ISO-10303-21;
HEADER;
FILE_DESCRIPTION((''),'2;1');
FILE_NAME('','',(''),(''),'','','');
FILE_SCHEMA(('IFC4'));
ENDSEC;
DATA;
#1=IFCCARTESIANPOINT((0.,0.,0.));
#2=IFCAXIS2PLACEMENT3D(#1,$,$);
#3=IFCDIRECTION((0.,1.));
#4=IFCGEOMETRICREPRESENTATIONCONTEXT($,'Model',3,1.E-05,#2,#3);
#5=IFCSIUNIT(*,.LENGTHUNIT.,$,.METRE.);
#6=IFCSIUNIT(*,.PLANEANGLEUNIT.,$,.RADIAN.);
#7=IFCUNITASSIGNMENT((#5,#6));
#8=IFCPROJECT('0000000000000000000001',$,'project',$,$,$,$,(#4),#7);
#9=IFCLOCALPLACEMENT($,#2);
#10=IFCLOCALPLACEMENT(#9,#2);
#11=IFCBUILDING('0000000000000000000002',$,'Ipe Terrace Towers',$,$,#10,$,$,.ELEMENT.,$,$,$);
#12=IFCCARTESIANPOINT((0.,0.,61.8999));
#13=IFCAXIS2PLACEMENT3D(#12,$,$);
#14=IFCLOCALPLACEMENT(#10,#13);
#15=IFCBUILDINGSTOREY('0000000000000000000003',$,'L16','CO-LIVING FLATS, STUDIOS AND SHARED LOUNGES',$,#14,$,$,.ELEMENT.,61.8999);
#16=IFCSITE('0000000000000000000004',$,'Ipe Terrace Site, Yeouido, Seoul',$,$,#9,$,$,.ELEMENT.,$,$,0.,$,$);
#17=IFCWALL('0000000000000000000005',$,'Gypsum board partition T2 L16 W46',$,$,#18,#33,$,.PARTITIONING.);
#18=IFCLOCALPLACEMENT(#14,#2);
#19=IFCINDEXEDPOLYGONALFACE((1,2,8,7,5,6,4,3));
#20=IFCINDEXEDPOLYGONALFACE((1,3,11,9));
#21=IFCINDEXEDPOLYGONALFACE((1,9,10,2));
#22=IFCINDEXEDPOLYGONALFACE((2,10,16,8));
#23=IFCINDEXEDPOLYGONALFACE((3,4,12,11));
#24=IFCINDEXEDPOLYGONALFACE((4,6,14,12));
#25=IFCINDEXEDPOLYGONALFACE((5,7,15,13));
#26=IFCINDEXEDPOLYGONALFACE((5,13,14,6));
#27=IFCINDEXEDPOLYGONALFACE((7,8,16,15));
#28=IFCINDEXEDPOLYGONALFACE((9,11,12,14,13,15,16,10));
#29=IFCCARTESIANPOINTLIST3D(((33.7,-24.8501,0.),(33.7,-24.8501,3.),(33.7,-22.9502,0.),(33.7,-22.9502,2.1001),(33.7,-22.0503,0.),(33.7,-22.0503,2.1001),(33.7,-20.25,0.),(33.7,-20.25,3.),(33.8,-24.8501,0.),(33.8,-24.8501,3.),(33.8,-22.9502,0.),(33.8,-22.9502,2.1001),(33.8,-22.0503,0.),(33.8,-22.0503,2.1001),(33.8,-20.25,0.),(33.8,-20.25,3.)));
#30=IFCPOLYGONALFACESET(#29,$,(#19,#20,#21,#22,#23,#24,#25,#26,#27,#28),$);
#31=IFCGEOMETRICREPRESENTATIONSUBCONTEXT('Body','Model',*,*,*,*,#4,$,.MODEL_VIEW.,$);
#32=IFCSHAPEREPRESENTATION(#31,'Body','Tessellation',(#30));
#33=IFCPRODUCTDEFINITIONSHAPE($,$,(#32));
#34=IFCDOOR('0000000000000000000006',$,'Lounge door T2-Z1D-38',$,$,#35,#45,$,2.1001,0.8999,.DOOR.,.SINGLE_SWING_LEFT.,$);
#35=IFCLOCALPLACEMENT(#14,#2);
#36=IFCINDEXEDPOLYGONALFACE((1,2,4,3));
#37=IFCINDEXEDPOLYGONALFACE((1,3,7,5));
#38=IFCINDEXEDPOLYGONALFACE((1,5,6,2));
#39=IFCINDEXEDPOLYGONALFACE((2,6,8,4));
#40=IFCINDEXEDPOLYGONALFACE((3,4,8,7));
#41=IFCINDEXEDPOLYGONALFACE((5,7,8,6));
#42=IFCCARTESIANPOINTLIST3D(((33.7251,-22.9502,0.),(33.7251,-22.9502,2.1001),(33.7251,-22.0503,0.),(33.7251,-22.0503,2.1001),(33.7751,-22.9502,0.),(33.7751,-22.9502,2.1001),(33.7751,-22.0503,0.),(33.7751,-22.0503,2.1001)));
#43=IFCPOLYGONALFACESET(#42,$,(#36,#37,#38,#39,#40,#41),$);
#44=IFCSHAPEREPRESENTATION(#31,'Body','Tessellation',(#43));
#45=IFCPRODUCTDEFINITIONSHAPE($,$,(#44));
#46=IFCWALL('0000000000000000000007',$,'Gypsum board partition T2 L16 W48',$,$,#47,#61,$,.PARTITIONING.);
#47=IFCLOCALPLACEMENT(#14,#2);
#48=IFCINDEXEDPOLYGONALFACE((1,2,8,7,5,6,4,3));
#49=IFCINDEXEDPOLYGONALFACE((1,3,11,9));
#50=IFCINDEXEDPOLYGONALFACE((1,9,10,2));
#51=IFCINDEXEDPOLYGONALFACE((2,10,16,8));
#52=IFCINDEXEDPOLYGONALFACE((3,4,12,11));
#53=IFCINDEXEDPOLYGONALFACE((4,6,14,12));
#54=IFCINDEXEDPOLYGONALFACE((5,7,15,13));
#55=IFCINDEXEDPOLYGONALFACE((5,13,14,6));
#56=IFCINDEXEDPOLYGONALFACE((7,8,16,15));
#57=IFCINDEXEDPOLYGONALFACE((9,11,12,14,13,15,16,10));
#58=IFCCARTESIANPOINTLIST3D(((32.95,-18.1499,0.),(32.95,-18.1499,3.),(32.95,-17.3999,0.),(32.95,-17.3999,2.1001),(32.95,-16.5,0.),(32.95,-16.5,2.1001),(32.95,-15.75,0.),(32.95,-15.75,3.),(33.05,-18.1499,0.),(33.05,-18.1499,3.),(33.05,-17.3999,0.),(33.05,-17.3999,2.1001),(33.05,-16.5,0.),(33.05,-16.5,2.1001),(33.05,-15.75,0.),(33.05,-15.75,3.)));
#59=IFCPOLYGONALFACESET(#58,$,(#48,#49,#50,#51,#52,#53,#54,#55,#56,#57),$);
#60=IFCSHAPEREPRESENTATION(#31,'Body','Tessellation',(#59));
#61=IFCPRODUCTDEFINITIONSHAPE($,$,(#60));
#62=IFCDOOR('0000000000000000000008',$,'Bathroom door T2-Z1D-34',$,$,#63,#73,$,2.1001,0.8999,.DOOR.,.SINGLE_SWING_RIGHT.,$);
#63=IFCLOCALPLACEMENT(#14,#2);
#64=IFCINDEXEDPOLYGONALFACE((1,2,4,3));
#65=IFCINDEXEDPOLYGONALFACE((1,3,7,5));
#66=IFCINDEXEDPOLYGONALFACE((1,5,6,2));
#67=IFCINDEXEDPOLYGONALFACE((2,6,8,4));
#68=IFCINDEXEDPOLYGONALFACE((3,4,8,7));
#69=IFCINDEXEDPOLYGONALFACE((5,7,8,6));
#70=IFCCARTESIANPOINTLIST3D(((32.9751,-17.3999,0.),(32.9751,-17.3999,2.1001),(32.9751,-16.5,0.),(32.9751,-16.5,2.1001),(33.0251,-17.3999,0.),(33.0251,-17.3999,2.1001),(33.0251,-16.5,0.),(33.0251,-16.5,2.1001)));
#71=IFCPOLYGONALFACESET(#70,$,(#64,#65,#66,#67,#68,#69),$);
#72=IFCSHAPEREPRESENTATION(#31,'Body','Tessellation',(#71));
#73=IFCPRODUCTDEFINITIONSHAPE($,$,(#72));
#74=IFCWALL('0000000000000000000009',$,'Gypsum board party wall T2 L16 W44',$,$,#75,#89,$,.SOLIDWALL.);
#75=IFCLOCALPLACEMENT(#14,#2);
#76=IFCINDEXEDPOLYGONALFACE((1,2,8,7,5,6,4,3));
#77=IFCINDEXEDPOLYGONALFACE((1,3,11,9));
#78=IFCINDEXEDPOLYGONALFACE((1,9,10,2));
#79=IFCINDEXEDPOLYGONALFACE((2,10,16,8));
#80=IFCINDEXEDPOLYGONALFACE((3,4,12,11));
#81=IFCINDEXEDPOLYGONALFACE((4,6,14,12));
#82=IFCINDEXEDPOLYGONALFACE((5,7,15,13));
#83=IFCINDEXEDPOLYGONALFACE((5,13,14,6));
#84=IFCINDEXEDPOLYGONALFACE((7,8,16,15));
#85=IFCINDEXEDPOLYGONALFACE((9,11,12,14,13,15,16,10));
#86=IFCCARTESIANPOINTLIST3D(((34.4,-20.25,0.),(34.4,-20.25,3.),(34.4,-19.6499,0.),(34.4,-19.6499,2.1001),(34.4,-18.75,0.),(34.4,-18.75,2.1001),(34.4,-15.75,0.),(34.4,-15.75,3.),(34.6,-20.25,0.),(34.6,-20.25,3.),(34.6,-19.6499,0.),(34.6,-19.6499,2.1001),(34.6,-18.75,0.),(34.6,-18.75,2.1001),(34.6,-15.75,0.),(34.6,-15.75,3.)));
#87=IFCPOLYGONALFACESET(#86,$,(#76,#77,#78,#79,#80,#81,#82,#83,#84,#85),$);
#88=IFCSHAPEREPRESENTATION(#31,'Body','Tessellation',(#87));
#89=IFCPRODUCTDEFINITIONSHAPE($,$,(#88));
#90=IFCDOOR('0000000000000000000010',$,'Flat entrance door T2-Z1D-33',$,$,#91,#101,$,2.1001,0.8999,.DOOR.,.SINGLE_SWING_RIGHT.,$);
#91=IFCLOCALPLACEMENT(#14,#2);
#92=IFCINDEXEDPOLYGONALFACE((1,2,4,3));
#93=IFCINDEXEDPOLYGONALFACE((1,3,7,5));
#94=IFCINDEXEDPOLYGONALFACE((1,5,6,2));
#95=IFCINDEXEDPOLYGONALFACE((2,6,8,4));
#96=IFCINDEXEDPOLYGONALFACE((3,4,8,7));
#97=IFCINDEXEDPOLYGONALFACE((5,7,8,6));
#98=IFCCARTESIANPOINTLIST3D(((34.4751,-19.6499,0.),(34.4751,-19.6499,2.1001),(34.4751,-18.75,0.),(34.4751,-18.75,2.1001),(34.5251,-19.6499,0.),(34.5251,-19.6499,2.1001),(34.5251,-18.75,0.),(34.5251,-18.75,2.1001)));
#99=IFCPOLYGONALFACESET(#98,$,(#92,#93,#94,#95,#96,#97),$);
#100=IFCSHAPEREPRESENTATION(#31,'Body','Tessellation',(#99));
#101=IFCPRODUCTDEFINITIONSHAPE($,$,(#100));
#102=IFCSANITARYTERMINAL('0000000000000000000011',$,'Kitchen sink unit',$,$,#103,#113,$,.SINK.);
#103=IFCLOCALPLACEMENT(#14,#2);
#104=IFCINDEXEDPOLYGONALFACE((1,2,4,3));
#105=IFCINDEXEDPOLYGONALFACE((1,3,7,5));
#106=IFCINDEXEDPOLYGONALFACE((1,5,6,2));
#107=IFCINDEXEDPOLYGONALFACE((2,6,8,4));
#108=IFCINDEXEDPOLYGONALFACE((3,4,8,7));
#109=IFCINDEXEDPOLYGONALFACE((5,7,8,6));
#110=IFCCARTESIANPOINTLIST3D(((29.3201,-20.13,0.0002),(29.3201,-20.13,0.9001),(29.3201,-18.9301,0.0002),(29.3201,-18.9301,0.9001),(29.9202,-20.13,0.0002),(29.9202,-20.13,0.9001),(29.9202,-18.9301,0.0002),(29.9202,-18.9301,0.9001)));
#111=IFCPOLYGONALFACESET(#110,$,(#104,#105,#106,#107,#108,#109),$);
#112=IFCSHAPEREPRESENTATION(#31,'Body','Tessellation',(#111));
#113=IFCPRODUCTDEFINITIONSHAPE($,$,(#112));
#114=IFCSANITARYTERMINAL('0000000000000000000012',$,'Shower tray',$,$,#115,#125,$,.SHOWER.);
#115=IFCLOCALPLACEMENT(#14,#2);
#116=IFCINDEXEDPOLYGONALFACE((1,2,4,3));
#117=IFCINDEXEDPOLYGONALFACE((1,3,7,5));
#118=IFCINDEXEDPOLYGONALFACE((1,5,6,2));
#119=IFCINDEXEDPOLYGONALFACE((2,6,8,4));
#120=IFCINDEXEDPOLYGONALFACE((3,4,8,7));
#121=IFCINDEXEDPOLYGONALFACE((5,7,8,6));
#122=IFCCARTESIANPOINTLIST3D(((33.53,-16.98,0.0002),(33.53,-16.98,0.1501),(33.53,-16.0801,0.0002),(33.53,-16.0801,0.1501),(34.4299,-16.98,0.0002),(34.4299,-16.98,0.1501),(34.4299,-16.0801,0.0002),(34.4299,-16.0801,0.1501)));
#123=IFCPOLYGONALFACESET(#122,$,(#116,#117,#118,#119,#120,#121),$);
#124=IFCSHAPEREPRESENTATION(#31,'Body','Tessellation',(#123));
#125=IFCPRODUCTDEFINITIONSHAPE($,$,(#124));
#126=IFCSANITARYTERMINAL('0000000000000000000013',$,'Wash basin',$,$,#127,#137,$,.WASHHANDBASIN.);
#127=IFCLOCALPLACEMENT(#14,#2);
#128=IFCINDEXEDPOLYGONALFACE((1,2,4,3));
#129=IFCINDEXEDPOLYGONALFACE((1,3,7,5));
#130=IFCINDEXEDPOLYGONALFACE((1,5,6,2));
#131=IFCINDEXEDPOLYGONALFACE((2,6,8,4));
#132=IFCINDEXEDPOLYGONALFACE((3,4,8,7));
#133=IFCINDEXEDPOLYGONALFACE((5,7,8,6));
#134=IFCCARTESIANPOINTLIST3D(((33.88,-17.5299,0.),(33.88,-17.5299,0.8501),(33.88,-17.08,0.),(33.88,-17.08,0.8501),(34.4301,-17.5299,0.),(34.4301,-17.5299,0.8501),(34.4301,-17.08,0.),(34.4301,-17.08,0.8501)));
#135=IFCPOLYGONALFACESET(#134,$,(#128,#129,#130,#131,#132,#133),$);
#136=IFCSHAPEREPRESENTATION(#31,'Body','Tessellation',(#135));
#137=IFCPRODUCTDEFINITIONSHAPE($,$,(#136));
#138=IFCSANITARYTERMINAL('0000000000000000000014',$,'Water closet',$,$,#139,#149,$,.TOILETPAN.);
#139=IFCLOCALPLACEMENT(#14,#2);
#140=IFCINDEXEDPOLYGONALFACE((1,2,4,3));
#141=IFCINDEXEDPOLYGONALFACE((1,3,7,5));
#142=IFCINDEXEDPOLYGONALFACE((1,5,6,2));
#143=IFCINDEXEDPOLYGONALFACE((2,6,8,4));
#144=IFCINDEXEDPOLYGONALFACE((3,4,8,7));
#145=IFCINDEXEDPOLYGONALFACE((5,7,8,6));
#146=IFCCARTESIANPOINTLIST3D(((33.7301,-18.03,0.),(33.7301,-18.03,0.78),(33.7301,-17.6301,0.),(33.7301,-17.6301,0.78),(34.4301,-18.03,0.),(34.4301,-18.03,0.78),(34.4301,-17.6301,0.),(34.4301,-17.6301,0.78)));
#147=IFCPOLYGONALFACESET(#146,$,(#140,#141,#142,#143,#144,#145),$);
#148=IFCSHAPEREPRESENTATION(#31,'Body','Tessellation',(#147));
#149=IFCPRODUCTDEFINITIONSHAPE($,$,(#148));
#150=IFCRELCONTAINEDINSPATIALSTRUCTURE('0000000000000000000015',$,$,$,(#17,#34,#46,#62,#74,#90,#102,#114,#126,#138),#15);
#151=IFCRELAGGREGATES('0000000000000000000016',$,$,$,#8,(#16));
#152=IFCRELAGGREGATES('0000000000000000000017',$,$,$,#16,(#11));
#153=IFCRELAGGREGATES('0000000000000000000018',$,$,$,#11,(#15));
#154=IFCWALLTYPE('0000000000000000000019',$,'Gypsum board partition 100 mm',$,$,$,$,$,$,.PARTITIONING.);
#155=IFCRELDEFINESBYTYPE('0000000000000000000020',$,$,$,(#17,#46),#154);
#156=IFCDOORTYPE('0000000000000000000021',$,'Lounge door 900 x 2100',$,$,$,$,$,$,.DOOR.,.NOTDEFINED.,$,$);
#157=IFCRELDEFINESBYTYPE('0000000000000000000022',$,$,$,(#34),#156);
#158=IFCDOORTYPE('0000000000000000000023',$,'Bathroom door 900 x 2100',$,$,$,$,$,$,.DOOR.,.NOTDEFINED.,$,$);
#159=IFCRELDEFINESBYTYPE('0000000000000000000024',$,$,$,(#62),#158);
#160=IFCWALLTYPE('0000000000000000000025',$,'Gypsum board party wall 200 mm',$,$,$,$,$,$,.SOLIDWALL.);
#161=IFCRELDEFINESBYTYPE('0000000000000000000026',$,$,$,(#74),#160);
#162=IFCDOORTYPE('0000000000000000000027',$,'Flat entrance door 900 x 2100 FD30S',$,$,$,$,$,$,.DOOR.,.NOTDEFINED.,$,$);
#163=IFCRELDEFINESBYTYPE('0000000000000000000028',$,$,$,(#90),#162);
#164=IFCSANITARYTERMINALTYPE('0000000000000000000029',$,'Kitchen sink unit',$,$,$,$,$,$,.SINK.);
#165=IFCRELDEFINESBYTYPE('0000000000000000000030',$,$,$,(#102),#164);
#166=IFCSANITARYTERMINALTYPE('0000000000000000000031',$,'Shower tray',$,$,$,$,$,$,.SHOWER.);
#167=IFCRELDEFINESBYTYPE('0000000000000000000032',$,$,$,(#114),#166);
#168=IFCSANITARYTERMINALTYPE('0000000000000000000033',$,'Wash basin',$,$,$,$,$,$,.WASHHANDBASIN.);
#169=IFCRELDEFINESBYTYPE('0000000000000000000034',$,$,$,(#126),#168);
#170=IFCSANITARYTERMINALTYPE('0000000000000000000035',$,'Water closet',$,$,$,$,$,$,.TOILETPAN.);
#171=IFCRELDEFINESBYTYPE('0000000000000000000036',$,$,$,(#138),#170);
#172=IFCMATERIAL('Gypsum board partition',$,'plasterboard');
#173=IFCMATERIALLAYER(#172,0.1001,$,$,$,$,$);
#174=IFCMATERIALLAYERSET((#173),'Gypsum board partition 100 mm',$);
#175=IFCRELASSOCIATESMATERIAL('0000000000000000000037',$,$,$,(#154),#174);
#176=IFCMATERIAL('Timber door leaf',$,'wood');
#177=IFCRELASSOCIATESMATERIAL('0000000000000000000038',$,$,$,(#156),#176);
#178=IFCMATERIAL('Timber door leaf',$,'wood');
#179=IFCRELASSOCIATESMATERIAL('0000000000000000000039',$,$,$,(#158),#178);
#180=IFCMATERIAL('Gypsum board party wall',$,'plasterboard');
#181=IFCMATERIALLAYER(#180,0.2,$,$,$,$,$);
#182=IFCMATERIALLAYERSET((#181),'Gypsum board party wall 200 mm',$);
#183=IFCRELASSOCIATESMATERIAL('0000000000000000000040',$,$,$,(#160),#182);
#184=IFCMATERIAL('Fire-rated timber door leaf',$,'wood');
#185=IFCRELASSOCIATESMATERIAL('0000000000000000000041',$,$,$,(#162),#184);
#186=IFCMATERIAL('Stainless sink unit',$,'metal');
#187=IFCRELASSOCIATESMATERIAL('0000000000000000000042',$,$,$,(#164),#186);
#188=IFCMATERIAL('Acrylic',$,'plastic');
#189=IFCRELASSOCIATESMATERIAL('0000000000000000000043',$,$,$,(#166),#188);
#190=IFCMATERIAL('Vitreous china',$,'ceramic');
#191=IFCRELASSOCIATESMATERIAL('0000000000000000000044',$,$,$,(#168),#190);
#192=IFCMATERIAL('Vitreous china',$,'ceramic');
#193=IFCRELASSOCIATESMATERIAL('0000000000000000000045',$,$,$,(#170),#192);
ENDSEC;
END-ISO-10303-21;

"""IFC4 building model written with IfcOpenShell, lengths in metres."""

from ifc_helpers import new_model, si_unit, direction, frame, frame_2d, origin, origin_2d, place, context, subcontext, project, spatial, rectangle, extrude, material, layer, layer_set, type_object, element, fill, save


model = new_model("IFC4")

# Units and contexts
model_context = context("Model", 3, precision=1e-05, world=origin(), true_north=direction((0.0, 1.0)))
body_context = subcontext(model_context, "Body", "Model", "MODEL_VIEW")
ifc_project = project(units=[si_unit("LENGTHUNIT", "METRE"), si_unit("PLANEANGLEUNIT", "RADIAN")], contexts=[model_context])

# Site, building, storey
site_placement = place(None, origin())
site = spatial("IfcSite", under=ifc_project, at=site_placement, Name="Ipe Terrace Site, Yeouido, Seoul", CompositionType="ELEMENT", RefElevation=0.0)
building_placement = place(site_placement, origin())
building = spatial("IfcBuilding", under=site, at=building_placement, Name="Ipe Terrace Towers", CompositionType="ELEMENT")
storey_placement = place(building_placement, frame((0.0, 0.0, 61.8999)))
storey = spatial("IfcBuildingStorey", under=building, at=storey_placement, Name="L16", Description="CO-LIVING FLATS, STUDIOS AND SHARED LOUNGES", CompositionType="ELEMENT", Elevation=61.8999)

# Shared definitions
ifc_material_1 = material(Name="Gypsum board partition", Category="plasterboard")
ifc_layer_1 = layer(ifc_material_1, 0.1001)
ifc_layer_set_1 = layer_set([ifc_layer_1], Name="Gypsum board partition 100 mm")
wall_type_1 = type_object("IfcWallType", Name="Gypsum board partition 100 mm", PredefinedType="PARTITIONING", material=ifc_layer_set_1)

# Walls, openings, doors
wall_1_placement = place(storey_placement, frame((33.75, -24.8501, 0.0), z_axis=(0.0, 0.0, 1.0), x_axis=(0.0, 1.0, 0.0)))
wall_1 = element("IfcWall", 1, at=wall_1_placement, inside=storey, type_object=wall_type_1, Name="Gypsum board partition T2 L16 W46", PredefinedType="PARTITIONING", context=body_context, shape_type="SweptSolid", body=[
    extrude(rectangle(XDim=4.6001, YDim=0.1001, at=frame_2d((2.3, 0.0))), origin(), (0.0, 0.0, 1.0), 3.0),
])
opening_1_placement = place(wall_1_placement, frame((1.8999, 0.0, 0.0)))
opening_1 = element("IfcOpeningElement", 2, at=opening_1_placement, cuts=wall_1, PredefinedType="OPENING", context=body_context, shape_type="SweptSolid", body=[
    extrude(rectangle(XDim=0.8999, YDim=2.1001, at=frame_2d((0.45, 1.05))), frame((0.0, 0.0601, 0.0), z_axis=(0.0, -1.0, 0.0), x_axis=(1.0, 0.0, 0.0)), (0.0, 0.0, 1.0), 0.1201),
])
ifc_material_2 = material(Name="Timber door leaf", Category="wood")
door_type_1 = type_object("IfcDoorType", Name="Lounge door 900 x 2100", OperationType="NOTDEFINED", PredefinedType="DOOR", material=ifc_material_2)
door_1_placement = place(opening_1_placement, origin())
door_1 = element("IfcDoor", 3, at=door_1_placement, inside=storey, type_object=door_type_1, Name="Lounge door T2-Z1D-38", OperationType="SINGLE_SWING_LEFT", OverallHeight=2.1001, OverallWidth=0.8999, PredefinedType="DOOR", context=body_context, shape_type="SweptSolid", body=[
    extrude(rectangle(XDim=0.8999, YDim=2.1001, at=frame_2d((0.45, 1.05))), frame((0.0, 0.0249, 0.0), z_axis=(0.0, -1.0, 0.0), x_axis=(1.0, 0.0, 0.0)), (0.0, 0.0, 1.0), 0.05),
])
fill(opening_1, door_1)
wall_2_placement = place(storey_placement, frame((33.0, -18.1499, 0.0), z_axis=(0.0, 0.0, 1.0), x_axis=(0.0, 1.0, 0.0)))
wall_2 = element("IfcWall", 4, at=wall_2_placement, inside=storey, type_object=wall_type_1, Name="Gypsum board partition T2 L16 W48", PredefinedType="PARTITIONING", context=body_context, shape_type="SweptSolid", body=[
    extrude(rectangle(XDim=2.3999, YDim=0.1001, at=frame_2d((1.2, 0.0))), origin(), (0.0, 0.0, 1.0), 3.0),
])
opening_2_placement = place(wall_2_placement, frame((0.75, 0.0, 0.0)))
opening_2 = element("IfcOpeningElement", 5, at=opening_2_placement, cuts=wall_2, PredefinedType="OPENING", context=body_context, shape_type="SweptSolid", body=[
    extrude(rectangle(XDim=0.8999, YDim=2.1001, at=frame_2d((0.45, 1.05))), frame((0.0, 0.0601, 0.0), z_axis=(0.0, -1.0, 0.0), x_axis=(1.0, 0.0, 0.0)), (0.0, 0.0, 1.0), 0.1201),
])
ifc_material_3 = material(Name="Timber door leaf", Category="wood")
door_type_2 = type_object("IfcDoorType", Name="Bathroom door 900 x 2100", OperationType="NOTDEFINED", PredefinedType="DOOR", material=ifc_material_3)
door_2_placement = place(opening_2_placement, origin())
door_2 = element("IfcDoor", 6, at=door_2_placement, inside=storey, type_object=door_type_2, Name="Bathroom door T2-Z1D-34", OperationType="SINGLE_SWING_RIGHT", OverallHeight=2.1001, OverallWidth=0.8999, PredefinedType="DOOR", context=body_context, shape_type="SweptSolid", body=[
    extrude(rectangle(XDim=0.8999, YDim=2.1001, at=frame_2d((0.45, 1.05))), frame((0.0, 0.0249, 0.0), z_axis=(0.0, -1.0, 0.0), x_axis=(1.0, 0.0, 0.0)), (0.0, 0.0, 1.0), 0.05),
])
fill(opening_2, door_2)
ifc_material_4 = material(Name="Gypsum board party wall", Category="plasterboard")
ifc_layer_2 = layer(ifc_material_4, 0.2)
ifc_layer_set_2 = layer_set([ifc_layer_2], Name="Gypsum board party wall 200 mm")
wall_type_2 = type_object("IfcWallType", Name="Gypsum board party wall 200 mm", PredefinedType="SOLIDWALL", material=ifc_layer_set_2)
wall_3_placement = place(storey_placement, frame((34.5, -20.25, 0.0), z_axis=(0.0, 0.0, 1.0), x_axis=(0.0, 1.0, 0.0)))
wall_3 = element("IfcWall", 7, at=wall_3_placement, inside=storey, type_object=wall_type_2, Name="Gypsum board party wall T2 L16 W44", PredefinedType="SOLIDWALL", context=body_context, shape_type="SweptSolid", body=[
    extrude(rectangle(XDim=4.5, YDim=0.2, at=frame_2d((2.25, 0.0))), origin(), (0.0, 0.0, 1.0), 3.0),
])
opening_3_placement = place(wall_3_placement, frame((0.6001, 0.0, 0.0)))
opening_3 = element("IfcOpeningElement", 8, at=opening_3_placement, cuts=wall_3, PredefinedType="OPENING", context=body_context, shape_type="SweptSolid", body=[
    extrude(rectangle(XDim=0.8999, YDim=2.1001, at=frame_2d((0.45, 1.05))), frame((0.0, 0.1099, 0.0), z_axis=(0.0, -1.0, 0.0), x_axis=(1.0, 0.0, 0.0)), (0.0, 0.0, 1.0), 0.22),
])
ifc_material_5 = material(Name="Fire-rated timber door leaf", Category="wood")
door_type_3 = type_object("IfcDoorType", Name="Flat entrance door 900 x 2100 FD30S", OperationType="NOTDEFINED", PredefinedType="DOOR", material=ifc_material_5)
door_3_placement = place(opening_3_placement, origin())
door_3 = element("IfcDoor", 9, at=door_3_placement, inside=storey, type_object=door_type_3, Name="Flat entrance door T2-Z1D-33", OperationType="SINGLE_SWING_RIGHT", OverallHeight=2.1001, OverallWidth=0.8999, PredefinedType="DOOR", context=body_context, shape_type="SweptSolid", body=[
    extrude(rectangle(XDim=0.8999, YDim=2.1001, at=frame_2d((0.45, 1.05))), frame((0.0, 0.0249, 0.0), z_axis=(0.0, -1.0, 0.0), x_axis=(1.0, 0.0, 0.0)), (0.0, 0.0, 1.0), 0.05),
])
fill(opening_3, door_3)

# Sanitary terminals
ifc_material_6 = material(Name="Stainless sink unit", Category="metal")
sanitary_terminal_type_1 = type_object("IfcSanitaryTerminalType", Name="Kitchen sink unit", PredefinedType="SINK", material=ifc_material_6)
sanitary_terminal_1_placement = place(storey_placement, frame((29.6201, -19.53, 0.0002), z_axis=(0.0, 0.0, 1.0), x_axis=(0.0, 1.0, 0.0)))
element("IfcSanitaryTerminal", 10, at=sanitary_terminal_1_placement, inside=storey, type_object=sanitary_terminal_type_1, Name="Kitchen sink unit", PredefinedType="SINK", context=body_context, shape_type="SweptSolid", body=[
    extrude(rectangle(XDim=1.2, YDim=0.6001, at=origin_2d()), origin(), (0.0, 0.0, 1.0), 0.8999),
])
ifc_material_7 = material(Name="Acrylic", Category="plastic")
sanitary_terminal_type_2 = type_object("IfcSanitaryTerminalType", Name="Shower tray", PredefinedType="SHOWER", material=ifc_material_7)
sanitary_terminal_2_placement = place(storey_placement, frame((33.98, -16.53, 0.0002), z_axis=(0.0, 0.0, 1.0), x_axis=(-1.0, 0.0, 0.0)))
element("IfcSanitaryTerminal", 11, at=sanitary_terminal_2_placement, inside=storey, type_object=sanitary_terminal_type_2, Name="Shower tray", PredefinedType="SHOWER", context=body_context, shape_type="SweptSolid", body=[
    extrude(rectangle(XDim=0.8999, YDim=0.8999, at=origin_2d()), origin(), (0.0, 0.0, 1.0), 0.1499),
])
ifc_material_8 = material(Name="Vitreous china", Category="ceramic")
sanitary_terminal_type_3 = type_object("IfcSanitaryTerminalType", Name="Wash basin", PredefinedType="WASHHANDBASIN", material=ifc_material_8)
sanitary_terminal_3_placement = place(storey_placement, frame((34.155, -17.3049, 0.0), z_axis=(0.0, 0.0, 1.0), x_axis=(-1.0, 0.0, 0.0)))
element("IfcSanitaryTerminal", 12, at=sanitary_terminal_3_placement, inside=storey, type_object=sanitary_terminal_type_3, Name="Wash basin", PredefinedType="WASHHANDBASIN", context=body_context, shape_type="SweptSolid", body=[
    extrude(rectangle(XDim=0.55, YDim=0.45, at=origin_2d()), origin(), (0.0, 0.0, 1.0), 0.8501),
])
ifc_material_9 = material(Name="Vitreous china", Category="ceramic")
sanitary_terminal_type_4 = type_object("IfcSanitaryTerminalType", Name="Water closet", PredefinedType="TOILETPAN", material=ifc_material_9)
sanitary_terminal_4_placement = place(storey_placement, frame((34.0801, -17.8301, 0.0), z_axis=(0.0, 0.0, 1.0), x_axis=(-1.0, 0.0, 0.0)))
element("IfcSanitaryTerminal", 13, at=sanitary_terminal_4_placement, inside=storey, type_object=sanitary_terminal_type_4, Name="Water closet", PredefinedType="TOILETPAN", context=body_context, shape_type="SweptSolid", body=[
    extrude(rectangle(XDim=0.7, YDim=0.3999, at=origin_2d()), origin(), (0.0, 0.0, 1.0), 0.78),
])

save(model, "model.ifc")
